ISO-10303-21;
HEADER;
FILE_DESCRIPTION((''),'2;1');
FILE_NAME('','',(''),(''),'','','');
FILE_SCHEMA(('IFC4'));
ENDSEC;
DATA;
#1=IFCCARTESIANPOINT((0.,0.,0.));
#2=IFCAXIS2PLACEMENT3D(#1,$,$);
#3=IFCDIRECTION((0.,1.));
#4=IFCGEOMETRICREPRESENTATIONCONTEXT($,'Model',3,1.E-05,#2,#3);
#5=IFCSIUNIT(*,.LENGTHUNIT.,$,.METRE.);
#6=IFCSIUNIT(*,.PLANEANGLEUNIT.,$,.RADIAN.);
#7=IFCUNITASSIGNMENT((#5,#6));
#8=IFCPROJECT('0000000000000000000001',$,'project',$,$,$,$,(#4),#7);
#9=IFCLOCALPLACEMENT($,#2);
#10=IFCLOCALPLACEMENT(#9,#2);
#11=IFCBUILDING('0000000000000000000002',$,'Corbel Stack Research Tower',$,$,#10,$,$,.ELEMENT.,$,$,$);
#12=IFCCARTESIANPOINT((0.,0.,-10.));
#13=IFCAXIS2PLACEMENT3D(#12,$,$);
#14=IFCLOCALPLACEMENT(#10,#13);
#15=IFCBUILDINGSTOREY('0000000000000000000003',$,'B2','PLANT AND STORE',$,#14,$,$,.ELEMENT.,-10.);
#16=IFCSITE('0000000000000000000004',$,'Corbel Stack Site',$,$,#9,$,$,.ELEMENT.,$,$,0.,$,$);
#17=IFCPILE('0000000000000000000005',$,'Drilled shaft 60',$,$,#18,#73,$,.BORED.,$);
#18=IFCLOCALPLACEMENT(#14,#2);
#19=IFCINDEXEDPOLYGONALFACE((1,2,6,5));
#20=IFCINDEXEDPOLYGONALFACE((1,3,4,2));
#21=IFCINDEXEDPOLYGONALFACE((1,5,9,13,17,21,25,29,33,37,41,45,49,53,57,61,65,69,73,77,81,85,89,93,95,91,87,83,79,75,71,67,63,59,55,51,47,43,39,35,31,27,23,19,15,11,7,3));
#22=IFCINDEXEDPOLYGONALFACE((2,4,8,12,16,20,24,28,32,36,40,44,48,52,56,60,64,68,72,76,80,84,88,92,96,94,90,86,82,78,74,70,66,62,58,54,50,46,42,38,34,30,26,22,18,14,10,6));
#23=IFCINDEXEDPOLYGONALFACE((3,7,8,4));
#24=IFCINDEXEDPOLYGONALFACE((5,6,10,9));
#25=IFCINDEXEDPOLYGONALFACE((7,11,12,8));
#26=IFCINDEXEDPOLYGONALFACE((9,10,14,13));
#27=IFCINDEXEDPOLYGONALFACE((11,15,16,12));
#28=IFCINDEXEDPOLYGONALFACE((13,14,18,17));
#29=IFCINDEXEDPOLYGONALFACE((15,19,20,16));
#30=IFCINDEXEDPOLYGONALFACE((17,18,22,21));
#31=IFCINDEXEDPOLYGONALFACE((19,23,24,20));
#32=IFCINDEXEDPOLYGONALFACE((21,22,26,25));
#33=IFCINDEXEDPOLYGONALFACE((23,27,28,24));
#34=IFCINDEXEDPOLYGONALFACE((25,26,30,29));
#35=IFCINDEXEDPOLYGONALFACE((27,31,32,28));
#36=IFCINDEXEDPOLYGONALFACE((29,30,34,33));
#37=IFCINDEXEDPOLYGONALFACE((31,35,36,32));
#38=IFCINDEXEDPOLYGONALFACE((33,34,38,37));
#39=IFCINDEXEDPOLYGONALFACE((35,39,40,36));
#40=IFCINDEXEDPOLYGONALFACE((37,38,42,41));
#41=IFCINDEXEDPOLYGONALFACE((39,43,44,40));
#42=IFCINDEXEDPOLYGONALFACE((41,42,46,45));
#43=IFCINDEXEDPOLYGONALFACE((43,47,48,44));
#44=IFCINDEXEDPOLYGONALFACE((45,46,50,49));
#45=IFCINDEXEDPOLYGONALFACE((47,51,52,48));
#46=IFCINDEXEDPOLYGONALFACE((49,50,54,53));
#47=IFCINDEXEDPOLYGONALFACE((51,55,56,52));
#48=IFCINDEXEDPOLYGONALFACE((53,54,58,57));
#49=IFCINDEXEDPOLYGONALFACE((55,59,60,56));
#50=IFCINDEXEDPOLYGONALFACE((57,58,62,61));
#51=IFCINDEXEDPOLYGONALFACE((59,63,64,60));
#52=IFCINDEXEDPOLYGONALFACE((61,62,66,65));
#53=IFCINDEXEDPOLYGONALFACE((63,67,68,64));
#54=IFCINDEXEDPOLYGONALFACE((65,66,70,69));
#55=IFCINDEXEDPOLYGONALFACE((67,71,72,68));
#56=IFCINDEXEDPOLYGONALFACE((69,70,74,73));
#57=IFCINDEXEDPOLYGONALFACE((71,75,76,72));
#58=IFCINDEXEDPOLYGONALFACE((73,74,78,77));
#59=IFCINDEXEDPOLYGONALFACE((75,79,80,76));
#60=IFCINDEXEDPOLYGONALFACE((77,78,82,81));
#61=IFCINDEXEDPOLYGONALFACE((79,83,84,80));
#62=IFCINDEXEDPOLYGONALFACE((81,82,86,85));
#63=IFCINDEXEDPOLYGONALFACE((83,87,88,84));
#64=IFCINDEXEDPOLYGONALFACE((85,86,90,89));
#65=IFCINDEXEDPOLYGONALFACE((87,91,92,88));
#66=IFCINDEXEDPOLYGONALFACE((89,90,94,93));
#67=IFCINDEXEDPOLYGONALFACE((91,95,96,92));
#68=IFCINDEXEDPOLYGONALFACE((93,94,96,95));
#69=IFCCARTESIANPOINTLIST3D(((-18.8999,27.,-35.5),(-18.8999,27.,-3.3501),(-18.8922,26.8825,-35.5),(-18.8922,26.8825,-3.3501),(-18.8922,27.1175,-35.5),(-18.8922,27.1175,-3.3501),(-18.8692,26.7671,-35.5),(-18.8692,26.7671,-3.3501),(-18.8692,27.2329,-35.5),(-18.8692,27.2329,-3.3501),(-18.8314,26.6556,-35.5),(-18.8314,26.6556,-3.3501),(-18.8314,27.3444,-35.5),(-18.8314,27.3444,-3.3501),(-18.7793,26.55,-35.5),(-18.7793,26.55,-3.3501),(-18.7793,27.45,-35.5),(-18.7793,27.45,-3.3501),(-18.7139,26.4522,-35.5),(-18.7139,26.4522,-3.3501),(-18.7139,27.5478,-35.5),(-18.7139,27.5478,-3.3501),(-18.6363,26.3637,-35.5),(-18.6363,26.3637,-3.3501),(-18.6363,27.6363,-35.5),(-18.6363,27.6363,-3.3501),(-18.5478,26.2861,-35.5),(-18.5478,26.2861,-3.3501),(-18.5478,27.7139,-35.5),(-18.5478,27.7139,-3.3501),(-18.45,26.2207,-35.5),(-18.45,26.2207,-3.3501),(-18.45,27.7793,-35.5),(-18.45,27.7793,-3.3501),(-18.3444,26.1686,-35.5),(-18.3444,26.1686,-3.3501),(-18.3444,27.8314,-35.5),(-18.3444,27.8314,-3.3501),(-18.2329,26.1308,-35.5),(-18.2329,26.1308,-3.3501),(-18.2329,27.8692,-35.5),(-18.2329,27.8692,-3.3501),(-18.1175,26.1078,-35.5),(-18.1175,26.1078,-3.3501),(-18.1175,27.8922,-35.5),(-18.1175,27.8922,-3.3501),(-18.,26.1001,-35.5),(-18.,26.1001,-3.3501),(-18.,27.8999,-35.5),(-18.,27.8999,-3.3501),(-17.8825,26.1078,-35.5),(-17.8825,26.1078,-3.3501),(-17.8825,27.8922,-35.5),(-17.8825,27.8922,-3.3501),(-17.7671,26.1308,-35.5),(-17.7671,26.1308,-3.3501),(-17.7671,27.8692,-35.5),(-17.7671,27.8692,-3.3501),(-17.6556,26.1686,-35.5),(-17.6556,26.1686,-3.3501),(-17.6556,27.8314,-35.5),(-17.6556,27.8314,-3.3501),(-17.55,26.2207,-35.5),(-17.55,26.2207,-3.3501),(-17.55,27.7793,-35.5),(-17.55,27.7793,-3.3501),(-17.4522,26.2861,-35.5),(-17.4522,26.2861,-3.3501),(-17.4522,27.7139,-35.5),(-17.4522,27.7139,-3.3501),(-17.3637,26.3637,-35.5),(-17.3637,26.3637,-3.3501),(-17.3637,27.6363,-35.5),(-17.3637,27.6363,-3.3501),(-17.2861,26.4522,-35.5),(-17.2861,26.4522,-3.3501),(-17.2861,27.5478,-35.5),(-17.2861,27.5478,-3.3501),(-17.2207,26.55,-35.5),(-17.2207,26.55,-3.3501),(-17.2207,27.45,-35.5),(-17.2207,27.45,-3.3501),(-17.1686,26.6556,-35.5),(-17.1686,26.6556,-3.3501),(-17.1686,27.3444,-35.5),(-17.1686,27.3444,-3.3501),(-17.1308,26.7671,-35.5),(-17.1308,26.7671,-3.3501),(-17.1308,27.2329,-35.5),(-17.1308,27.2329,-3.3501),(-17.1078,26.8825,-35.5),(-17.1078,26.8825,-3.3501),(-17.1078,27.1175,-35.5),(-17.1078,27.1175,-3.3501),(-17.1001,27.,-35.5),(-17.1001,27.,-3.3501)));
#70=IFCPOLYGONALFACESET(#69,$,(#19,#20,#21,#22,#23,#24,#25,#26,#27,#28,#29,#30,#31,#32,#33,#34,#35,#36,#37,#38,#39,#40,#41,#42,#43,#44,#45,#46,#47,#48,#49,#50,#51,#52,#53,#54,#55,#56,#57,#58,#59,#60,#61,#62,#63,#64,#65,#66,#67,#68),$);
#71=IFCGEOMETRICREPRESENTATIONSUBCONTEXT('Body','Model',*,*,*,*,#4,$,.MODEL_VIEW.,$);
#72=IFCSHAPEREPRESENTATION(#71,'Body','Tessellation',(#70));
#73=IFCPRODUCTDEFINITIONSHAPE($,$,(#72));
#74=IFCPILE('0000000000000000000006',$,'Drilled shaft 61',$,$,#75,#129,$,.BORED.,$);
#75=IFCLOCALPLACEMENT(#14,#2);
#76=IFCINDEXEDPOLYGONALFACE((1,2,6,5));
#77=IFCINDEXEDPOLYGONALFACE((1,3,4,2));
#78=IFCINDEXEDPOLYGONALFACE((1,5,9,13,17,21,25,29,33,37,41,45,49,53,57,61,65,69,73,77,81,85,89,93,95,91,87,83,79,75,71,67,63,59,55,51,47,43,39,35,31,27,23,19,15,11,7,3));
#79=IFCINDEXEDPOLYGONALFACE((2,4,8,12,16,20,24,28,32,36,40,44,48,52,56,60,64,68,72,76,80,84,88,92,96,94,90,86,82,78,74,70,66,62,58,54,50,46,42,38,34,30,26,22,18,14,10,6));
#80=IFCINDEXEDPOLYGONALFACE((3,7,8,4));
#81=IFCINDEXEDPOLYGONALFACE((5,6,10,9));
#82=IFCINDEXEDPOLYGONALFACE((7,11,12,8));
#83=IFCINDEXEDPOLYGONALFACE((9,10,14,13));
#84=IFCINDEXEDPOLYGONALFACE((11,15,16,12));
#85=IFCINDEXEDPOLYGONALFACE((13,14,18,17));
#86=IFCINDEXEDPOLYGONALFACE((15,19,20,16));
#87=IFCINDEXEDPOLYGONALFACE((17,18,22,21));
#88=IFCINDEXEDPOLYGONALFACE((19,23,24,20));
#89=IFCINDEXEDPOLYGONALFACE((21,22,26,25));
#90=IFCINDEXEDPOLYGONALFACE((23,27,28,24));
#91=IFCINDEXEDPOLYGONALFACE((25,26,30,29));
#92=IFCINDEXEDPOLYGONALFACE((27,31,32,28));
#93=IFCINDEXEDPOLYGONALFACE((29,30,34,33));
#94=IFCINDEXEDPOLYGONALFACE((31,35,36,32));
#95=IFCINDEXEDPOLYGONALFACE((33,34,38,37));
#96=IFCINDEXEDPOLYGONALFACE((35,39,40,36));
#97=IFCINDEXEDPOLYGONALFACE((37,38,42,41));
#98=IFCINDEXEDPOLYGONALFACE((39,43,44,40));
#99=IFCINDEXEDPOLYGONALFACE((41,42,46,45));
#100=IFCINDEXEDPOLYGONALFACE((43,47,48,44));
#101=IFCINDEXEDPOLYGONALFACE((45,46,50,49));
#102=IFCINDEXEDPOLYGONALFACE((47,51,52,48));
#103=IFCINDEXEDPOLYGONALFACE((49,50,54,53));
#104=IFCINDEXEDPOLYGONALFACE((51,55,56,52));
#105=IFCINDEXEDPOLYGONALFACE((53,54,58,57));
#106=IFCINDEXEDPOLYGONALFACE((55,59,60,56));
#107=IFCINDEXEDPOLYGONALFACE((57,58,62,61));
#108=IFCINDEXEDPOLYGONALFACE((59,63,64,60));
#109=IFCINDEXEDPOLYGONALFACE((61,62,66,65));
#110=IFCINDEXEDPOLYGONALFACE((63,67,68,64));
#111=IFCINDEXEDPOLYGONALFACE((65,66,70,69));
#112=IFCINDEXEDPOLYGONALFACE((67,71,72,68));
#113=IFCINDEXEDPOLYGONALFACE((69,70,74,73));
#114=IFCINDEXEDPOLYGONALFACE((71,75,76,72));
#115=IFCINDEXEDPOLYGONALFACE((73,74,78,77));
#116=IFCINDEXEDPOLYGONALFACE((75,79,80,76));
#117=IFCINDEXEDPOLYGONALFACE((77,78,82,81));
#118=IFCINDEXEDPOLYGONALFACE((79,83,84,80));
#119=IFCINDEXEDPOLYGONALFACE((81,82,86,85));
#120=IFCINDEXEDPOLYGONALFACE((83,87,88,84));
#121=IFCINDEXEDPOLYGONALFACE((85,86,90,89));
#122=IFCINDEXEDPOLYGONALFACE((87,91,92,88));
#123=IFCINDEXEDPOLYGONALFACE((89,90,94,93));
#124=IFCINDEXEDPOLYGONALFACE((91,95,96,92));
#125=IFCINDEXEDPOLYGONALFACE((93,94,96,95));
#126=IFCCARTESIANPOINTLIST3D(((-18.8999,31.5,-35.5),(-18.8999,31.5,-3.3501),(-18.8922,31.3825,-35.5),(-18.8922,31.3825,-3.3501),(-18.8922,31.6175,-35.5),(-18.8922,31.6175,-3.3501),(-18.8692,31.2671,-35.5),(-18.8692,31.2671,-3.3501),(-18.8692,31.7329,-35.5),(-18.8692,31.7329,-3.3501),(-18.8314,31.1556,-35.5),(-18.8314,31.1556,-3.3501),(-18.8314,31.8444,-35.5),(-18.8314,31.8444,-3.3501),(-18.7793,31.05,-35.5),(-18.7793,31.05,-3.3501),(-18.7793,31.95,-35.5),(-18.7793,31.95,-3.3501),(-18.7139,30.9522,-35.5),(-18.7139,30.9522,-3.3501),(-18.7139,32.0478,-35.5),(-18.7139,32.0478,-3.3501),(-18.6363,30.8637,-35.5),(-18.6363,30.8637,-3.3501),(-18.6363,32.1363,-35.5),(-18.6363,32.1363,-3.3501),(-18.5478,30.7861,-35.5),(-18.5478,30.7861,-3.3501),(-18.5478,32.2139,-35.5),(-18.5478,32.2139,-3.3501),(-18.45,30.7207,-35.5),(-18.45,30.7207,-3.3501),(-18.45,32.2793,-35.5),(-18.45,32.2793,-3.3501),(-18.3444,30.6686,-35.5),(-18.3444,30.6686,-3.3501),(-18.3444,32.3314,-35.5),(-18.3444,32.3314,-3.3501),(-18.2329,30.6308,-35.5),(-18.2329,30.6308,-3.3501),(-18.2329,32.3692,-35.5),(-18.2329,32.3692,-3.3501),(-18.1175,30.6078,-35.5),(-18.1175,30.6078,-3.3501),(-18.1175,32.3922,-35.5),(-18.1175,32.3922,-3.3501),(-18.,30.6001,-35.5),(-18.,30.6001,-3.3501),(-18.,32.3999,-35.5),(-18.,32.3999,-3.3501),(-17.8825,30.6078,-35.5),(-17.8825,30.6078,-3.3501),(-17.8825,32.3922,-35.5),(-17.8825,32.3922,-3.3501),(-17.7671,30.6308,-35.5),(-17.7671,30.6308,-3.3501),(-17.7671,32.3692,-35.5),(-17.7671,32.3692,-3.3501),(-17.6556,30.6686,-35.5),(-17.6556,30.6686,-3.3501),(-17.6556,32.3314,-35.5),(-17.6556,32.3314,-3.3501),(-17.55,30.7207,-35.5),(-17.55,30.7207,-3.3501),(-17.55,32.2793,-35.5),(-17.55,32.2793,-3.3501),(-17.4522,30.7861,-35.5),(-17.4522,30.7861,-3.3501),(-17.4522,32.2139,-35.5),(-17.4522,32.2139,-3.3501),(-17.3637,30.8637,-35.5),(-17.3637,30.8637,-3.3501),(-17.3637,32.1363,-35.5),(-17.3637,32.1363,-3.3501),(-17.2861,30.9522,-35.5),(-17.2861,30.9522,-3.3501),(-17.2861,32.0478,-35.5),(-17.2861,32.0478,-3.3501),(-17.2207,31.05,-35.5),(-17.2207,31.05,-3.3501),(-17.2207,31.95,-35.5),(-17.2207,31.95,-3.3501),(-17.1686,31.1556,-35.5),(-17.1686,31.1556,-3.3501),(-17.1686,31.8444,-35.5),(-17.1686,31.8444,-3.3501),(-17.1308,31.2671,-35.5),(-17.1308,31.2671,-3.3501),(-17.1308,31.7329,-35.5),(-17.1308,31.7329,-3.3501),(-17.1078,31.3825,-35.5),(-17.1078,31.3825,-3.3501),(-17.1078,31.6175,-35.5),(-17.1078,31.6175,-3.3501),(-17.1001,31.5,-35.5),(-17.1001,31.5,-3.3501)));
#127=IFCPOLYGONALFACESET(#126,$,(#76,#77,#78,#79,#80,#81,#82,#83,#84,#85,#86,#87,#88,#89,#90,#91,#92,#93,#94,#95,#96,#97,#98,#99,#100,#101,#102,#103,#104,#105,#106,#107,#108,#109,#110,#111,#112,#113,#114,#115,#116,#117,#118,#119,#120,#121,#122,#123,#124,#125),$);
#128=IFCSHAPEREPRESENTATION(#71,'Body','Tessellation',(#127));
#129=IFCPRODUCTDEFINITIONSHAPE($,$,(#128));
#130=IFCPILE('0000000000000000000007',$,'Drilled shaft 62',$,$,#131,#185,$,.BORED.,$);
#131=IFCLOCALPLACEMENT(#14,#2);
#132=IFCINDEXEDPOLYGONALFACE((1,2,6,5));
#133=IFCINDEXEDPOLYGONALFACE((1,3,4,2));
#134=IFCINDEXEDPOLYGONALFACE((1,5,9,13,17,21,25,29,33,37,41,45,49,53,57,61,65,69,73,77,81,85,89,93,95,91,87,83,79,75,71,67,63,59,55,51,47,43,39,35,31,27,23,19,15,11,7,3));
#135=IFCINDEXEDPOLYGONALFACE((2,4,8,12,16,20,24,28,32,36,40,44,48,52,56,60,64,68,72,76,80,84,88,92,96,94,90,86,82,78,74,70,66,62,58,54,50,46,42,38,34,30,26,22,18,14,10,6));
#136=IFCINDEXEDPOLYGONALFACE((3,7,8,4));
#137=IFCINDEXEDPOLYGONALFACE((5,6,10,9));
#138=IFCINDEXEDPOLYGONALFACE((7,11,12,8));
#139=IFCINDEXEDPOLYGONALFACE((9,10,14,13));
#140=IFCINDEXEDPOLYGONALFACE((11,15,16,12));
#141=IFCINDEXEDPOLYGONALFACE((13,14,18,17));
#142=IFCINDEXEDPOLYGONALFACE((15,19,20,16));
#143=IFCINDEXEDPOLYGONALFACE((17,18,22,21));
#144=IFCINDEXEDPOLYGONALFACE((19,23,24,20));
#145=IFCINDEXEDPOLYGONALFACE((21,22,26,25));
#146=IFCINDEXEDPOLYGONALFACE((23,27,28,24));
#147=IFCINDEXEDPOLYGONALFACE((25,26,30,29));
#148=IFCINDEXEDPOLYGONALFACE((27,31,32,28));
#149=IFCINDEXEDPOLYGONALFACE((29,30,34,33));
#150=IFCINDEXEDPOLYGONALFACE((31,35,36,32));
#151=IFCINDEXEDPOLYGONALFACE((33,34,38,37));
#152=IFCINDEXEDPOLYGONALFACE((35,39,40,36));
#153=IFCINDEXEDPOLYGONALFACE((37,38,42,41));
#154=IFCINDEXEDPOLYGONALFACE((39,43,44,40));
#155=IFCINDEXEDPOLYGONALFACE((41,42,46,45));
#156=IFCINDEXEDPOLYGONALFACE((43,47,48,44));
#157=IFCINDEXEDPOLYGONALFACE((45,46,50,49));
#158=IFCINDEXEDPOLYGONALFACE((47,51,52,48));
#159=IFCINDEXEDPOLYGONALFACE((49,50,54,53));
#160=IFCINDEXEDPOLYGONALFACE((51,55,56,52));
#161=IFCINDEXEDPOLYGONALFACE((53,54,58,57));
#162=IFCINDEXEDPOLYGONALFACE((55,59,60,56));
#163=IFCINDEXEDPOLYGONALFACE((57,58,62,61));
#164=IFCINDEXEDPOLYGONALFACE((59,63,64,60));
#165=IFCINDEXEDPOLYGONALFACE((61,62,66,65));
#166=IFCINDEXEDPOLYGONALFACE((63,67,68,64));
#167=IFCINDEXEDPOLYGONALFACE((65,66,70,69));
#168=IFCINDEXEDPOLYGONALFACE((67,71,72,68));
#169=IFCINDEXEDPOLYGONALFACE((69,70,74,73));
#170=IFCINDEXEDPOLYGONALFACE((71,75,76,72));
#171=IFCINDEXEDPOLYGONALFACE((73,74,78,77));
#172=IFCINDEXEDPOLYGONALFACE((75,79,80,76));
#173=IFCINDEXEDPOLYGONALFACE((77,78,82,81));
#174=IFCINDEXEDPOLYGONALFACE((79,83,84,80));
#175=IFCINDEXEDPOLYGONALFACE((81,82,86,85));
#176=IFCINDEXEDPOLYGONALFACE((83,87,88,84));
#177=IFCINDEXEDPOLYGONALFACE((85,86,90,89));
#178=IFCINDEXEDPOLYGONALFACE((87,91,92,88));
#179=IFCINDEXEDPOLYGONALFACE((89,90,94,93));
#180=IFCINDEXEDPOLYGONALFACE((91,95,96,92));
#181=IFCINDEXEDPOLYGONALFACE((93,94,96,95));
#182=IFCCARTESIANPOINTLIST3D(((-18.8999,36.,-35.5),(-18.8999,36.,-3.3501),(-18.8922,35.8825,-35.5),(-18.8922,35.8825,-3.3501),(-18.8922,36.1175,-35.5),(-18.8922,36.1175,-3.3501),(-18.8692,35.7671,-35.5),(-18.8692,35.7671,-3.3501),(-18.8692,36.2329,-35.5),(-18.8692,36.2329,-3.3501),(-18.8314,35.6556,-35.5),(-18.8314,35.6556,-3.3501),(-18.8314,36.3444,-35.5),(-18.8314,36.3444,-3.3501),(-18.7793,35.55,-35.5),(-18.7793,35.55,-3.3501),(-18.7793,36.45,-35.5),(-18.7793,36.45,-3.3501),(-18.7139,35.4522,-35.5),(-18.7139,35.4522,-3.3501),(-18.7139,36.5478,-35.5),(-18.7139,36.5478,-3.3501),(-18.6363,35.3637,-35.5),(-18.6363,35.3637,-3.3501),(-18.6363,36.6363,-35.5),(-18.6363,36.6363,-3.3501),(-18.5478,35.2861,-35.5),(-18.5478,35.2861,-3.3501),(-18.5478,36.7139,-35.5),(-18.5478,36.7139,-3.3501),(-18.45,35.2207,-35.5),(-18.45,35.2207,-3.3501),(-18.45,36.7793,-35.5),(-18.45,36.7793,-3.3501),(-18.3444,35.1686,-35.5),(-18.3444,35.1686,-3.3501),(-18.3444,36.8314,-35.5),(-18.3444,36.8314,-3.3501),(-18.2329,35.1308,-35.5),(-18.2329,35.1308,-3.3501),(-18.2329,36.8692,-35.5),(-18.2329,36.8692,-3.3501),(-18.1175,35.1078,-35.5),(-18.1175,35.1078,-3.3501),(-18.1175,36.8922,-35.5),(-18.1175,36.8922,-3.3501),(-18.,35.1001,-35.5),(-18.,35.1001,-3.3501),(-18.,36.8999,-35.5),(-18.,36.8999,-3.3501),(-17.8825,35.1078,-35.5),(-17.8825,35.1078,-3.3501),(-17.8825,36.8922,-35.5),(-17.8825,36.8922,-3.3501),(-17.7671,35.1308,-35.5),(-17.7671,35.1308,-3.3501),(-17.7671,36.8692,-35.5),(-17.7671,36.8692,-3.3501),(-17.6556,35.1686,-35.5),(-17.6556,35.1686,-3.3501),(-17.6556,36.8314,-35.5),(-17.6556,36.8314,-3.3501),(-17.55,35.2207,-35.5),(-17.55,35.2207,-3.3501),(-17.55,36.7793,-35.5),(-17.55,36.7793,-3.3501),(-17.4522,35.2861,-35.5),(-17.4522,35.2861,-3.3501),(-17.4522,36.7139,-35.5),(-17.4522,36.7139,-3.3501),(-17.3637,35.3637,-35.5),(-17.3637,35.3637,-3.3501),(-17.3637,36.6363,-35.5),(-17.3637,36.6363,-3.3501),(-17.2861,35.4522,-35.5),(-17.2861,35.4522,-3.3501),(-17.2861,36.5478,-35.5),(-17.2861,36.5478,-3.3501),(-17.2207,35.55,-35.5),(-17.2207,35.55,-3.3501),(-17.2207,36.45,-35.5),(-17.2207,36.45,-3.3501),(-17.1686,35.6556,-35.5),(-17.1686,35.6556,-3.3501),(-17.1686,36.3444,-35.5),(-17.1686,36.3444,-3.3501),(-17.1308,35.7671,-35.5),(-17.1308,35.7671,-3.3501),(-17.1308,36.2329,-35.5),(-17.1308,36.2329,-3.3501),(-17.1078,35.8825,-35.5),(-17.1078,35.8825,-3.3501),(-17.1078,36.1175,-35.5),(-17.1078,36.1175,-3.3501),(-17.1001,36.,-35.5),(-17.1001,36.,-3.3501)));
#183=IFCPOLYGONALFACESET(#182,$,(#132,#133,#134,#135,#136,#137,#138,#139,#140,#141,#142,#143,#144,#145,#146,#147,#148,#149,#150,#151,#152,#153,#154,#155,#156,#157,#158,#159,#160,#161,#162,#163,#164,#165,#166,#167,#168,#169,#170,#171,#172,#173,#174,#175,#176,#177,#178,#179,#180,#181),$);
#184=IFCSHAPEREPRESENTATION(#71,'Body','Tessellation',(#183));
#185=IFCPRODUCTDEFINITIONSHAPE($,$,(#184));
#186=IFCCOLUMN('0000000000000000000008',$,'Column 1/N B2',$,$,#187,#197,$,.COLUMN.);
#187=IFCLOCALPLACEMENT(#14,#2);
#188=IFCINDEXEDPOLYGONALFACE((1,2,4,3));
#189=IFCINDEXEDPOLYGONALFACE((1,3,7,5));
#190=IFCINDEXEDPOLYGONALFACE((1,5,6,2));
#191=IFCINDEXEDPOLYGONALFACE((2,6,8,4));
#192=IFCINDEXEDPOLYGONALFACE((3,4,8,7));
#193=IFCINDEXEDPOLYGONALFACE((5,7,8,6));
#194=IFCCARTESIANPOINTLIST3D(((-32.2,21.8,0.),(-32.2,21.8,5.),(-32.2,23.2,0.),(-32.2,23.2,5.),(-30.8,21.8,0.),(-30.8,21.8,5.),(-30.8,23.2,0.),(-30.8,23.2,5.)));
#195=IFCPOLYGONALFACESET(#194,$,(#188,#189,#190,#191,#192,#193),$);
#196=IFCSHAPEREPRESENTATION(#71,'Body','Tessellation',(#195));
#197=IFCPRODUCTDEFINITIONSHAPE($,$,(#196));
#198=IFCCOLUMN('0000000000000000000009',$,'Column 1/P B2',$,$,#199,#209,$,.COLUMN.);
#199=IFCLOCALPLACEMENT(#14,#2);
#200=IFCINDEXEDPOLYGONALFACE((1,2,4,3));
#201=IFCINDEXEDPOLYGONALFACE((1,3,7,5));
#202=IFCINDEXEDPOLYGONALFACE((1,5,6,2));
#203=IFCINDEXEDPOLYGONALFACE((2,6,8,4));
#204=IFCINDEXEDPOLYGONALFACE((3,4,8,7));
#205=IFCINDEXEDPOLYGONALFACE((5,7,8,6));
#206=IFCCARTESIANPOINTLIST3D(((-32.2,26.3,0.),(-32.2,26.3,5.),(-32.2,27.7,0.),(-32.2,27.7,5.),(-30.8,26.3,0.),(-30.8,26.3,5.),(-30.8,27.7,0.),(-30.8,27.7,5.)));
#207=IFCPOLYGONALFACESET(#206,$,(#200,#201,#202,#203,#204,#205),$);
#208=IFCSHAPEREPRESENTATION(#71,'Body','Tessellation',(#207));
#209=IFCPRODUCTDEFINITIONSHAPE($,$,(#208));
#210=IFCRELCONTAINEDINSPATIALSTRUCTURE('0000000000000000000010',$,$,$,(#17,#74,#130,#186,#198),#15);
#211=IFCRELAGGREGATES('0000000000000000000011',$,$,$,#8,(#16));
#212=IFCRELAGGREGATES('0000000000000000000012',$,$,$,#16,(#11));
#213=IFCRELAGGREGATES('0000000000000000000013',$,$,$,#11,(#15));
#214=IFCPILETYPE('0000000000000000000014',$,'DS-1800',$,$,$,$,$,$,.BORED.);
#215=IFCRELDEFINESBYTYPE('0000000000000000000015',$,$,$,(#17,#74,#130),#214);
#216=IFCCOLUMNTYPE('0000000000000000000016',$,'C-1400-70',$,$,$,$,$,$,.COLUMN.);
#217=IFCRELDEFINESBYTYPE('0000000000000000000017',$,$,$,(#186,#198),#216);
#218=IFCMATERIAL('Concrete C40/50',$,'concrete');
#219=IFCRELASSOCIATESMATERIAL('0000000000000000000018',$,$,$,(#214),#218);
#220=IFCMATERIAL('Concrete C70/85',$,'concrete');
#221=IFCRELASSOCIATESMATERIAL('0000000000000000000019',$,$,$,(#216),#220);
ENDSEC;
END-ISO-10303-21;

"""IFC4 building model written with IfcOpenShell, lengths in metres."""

from ifc_helpers import new_model, si_unit, direction, frame, origin, origin_2d, place, context, subcontext, project, spatial, rectangle, circle, extrude, material, material_profile, profile_set, type_object, element, save


model = new_model("IFC4")

# Units and contexts
model_context = context("Model", 3, precision=1e-05, world=origin(), true_north=direction((0.0, 1.0)))
body_context = subcontext(model_context, "Body", "Model", "MODEL_VIEW")
ifc_project = project(units=[si_unit("LENGTHUNIT", "METRE"), si_unit("PLANEANGLEUNIT", "RADIAN")], contexts=[model_context])

# Site, building, storey
site_placement = place(None, origin())
site = spatial("IfcSite", under=ifc_project, at=site_placement, Name="Corbel Stack Site", CompositionType="ELEMENT", RefElevation=0.0)
building_placement = place(site_placement, origin())
building = spatial("IfcBuilding", under=site, at=building_placement, Name="Corbel Stack Research Tower", CompositionType="ELEMENT")
storey_placement = place(building_placement, frame((0.0, 0.0, -10.0)))
storey = spatial("IfcBuildingStorey", under=building, at=storey_placement, Name="B2", Description="PLANT AND STORE", CompositionType="ELEMENT", Elevation=-10.0)

# Piles
ifc_material_1 = material(Name="Concrete C40/50", Category="concrete")
ifc_material_profile_1 = material_profile(ifc_material_1, circle(Radius=0.8999, at=origin_2d()), Name="Shaft 1800")
ifc_profile_set_1 = profile_set([ifc_material_profile_1], Name="Concrete C40/50")
pile_type = type_object("IfcPileType", Name="DS-1800", PredefinedType="BORED", material=ifc_profile_set_1)
for number, where, z_axis, x_axis, name in (
    (1, (-18.0, 27.0, -3.3501), (0.0, 0.0, -1.0), (1.0, 0.0, 0.0), "Drilled shaft 60"),
    (2, (-18.0, 31.5, -3.3501), (0.0, 0.0, -1.0), (1.0, 0.0, 0.0), "Drilled shaft 61"),
    (3, (-18.0, 36.0, -3.3501), (0.0, 0.0, -1.0), (1.0, 0.0, 0.0), "Drilled shaft 62"),
):
    element("IfcPile", number, at=place(storey_placement, frame(where, z_axis=z_axis, x_axis=x_axis)), inside=storey, type_object=pile_type, Name=name, PredefinedType="BORED", context=body_context, shape_type="SweptSolid", body=[
        extrude(circle(Radius=0.8999, at=origin_2d()), origin(), (0.0, 0.0, 1.0), 32.1499),
    ])

# Columns
ifc_material_2 = material(Name="Concrete C70/85", Category="concrete")
ifc_material_profile_2 = material_profile(ifc_material_2, rectangle(XDim=1.3999, YDim=1.3999, at=origin_2d()), Name="RC 1400 x 1400")
ifc_profile_set_2 = profile_set([ifc_material_profile_2], Name="Concrete C70/85")
column_type_1 = type_object("IfcColumnType", Name="C-1400-70", PredefinedType="COLUMN", material=ifc_profile_set_2)
for number, where, z_axis, x_axis, name in (
    (4, (-31.5, 22.5, 0.0), (0.0, 0.0, 1.0), (1.0, 0.0, 0.0), "Column 1/N B2"),
    (5, (-31.5, 27.0, 0.0), (0.0, 0.0, 1.0), (1.0, 0.0, 0.0), "Column 1/P B2"),
):
    element("IfcColumn", number, at=place(storey_placement, frame(where, z_axis=z_axis, x_axis=x_axis)), inside=storey, type_object=column_type_1, Name=name, PredefinedType="COLUMN", context=body_context, shape_type="SweptSolid", body=[
        extrude(rectangle(XDim=1.3999, YDim=1.3999, at=origin_2d()), origin(), (0.0, 0.0, 1.0), 5.0),
    ])

save(model, "model.ifc")
